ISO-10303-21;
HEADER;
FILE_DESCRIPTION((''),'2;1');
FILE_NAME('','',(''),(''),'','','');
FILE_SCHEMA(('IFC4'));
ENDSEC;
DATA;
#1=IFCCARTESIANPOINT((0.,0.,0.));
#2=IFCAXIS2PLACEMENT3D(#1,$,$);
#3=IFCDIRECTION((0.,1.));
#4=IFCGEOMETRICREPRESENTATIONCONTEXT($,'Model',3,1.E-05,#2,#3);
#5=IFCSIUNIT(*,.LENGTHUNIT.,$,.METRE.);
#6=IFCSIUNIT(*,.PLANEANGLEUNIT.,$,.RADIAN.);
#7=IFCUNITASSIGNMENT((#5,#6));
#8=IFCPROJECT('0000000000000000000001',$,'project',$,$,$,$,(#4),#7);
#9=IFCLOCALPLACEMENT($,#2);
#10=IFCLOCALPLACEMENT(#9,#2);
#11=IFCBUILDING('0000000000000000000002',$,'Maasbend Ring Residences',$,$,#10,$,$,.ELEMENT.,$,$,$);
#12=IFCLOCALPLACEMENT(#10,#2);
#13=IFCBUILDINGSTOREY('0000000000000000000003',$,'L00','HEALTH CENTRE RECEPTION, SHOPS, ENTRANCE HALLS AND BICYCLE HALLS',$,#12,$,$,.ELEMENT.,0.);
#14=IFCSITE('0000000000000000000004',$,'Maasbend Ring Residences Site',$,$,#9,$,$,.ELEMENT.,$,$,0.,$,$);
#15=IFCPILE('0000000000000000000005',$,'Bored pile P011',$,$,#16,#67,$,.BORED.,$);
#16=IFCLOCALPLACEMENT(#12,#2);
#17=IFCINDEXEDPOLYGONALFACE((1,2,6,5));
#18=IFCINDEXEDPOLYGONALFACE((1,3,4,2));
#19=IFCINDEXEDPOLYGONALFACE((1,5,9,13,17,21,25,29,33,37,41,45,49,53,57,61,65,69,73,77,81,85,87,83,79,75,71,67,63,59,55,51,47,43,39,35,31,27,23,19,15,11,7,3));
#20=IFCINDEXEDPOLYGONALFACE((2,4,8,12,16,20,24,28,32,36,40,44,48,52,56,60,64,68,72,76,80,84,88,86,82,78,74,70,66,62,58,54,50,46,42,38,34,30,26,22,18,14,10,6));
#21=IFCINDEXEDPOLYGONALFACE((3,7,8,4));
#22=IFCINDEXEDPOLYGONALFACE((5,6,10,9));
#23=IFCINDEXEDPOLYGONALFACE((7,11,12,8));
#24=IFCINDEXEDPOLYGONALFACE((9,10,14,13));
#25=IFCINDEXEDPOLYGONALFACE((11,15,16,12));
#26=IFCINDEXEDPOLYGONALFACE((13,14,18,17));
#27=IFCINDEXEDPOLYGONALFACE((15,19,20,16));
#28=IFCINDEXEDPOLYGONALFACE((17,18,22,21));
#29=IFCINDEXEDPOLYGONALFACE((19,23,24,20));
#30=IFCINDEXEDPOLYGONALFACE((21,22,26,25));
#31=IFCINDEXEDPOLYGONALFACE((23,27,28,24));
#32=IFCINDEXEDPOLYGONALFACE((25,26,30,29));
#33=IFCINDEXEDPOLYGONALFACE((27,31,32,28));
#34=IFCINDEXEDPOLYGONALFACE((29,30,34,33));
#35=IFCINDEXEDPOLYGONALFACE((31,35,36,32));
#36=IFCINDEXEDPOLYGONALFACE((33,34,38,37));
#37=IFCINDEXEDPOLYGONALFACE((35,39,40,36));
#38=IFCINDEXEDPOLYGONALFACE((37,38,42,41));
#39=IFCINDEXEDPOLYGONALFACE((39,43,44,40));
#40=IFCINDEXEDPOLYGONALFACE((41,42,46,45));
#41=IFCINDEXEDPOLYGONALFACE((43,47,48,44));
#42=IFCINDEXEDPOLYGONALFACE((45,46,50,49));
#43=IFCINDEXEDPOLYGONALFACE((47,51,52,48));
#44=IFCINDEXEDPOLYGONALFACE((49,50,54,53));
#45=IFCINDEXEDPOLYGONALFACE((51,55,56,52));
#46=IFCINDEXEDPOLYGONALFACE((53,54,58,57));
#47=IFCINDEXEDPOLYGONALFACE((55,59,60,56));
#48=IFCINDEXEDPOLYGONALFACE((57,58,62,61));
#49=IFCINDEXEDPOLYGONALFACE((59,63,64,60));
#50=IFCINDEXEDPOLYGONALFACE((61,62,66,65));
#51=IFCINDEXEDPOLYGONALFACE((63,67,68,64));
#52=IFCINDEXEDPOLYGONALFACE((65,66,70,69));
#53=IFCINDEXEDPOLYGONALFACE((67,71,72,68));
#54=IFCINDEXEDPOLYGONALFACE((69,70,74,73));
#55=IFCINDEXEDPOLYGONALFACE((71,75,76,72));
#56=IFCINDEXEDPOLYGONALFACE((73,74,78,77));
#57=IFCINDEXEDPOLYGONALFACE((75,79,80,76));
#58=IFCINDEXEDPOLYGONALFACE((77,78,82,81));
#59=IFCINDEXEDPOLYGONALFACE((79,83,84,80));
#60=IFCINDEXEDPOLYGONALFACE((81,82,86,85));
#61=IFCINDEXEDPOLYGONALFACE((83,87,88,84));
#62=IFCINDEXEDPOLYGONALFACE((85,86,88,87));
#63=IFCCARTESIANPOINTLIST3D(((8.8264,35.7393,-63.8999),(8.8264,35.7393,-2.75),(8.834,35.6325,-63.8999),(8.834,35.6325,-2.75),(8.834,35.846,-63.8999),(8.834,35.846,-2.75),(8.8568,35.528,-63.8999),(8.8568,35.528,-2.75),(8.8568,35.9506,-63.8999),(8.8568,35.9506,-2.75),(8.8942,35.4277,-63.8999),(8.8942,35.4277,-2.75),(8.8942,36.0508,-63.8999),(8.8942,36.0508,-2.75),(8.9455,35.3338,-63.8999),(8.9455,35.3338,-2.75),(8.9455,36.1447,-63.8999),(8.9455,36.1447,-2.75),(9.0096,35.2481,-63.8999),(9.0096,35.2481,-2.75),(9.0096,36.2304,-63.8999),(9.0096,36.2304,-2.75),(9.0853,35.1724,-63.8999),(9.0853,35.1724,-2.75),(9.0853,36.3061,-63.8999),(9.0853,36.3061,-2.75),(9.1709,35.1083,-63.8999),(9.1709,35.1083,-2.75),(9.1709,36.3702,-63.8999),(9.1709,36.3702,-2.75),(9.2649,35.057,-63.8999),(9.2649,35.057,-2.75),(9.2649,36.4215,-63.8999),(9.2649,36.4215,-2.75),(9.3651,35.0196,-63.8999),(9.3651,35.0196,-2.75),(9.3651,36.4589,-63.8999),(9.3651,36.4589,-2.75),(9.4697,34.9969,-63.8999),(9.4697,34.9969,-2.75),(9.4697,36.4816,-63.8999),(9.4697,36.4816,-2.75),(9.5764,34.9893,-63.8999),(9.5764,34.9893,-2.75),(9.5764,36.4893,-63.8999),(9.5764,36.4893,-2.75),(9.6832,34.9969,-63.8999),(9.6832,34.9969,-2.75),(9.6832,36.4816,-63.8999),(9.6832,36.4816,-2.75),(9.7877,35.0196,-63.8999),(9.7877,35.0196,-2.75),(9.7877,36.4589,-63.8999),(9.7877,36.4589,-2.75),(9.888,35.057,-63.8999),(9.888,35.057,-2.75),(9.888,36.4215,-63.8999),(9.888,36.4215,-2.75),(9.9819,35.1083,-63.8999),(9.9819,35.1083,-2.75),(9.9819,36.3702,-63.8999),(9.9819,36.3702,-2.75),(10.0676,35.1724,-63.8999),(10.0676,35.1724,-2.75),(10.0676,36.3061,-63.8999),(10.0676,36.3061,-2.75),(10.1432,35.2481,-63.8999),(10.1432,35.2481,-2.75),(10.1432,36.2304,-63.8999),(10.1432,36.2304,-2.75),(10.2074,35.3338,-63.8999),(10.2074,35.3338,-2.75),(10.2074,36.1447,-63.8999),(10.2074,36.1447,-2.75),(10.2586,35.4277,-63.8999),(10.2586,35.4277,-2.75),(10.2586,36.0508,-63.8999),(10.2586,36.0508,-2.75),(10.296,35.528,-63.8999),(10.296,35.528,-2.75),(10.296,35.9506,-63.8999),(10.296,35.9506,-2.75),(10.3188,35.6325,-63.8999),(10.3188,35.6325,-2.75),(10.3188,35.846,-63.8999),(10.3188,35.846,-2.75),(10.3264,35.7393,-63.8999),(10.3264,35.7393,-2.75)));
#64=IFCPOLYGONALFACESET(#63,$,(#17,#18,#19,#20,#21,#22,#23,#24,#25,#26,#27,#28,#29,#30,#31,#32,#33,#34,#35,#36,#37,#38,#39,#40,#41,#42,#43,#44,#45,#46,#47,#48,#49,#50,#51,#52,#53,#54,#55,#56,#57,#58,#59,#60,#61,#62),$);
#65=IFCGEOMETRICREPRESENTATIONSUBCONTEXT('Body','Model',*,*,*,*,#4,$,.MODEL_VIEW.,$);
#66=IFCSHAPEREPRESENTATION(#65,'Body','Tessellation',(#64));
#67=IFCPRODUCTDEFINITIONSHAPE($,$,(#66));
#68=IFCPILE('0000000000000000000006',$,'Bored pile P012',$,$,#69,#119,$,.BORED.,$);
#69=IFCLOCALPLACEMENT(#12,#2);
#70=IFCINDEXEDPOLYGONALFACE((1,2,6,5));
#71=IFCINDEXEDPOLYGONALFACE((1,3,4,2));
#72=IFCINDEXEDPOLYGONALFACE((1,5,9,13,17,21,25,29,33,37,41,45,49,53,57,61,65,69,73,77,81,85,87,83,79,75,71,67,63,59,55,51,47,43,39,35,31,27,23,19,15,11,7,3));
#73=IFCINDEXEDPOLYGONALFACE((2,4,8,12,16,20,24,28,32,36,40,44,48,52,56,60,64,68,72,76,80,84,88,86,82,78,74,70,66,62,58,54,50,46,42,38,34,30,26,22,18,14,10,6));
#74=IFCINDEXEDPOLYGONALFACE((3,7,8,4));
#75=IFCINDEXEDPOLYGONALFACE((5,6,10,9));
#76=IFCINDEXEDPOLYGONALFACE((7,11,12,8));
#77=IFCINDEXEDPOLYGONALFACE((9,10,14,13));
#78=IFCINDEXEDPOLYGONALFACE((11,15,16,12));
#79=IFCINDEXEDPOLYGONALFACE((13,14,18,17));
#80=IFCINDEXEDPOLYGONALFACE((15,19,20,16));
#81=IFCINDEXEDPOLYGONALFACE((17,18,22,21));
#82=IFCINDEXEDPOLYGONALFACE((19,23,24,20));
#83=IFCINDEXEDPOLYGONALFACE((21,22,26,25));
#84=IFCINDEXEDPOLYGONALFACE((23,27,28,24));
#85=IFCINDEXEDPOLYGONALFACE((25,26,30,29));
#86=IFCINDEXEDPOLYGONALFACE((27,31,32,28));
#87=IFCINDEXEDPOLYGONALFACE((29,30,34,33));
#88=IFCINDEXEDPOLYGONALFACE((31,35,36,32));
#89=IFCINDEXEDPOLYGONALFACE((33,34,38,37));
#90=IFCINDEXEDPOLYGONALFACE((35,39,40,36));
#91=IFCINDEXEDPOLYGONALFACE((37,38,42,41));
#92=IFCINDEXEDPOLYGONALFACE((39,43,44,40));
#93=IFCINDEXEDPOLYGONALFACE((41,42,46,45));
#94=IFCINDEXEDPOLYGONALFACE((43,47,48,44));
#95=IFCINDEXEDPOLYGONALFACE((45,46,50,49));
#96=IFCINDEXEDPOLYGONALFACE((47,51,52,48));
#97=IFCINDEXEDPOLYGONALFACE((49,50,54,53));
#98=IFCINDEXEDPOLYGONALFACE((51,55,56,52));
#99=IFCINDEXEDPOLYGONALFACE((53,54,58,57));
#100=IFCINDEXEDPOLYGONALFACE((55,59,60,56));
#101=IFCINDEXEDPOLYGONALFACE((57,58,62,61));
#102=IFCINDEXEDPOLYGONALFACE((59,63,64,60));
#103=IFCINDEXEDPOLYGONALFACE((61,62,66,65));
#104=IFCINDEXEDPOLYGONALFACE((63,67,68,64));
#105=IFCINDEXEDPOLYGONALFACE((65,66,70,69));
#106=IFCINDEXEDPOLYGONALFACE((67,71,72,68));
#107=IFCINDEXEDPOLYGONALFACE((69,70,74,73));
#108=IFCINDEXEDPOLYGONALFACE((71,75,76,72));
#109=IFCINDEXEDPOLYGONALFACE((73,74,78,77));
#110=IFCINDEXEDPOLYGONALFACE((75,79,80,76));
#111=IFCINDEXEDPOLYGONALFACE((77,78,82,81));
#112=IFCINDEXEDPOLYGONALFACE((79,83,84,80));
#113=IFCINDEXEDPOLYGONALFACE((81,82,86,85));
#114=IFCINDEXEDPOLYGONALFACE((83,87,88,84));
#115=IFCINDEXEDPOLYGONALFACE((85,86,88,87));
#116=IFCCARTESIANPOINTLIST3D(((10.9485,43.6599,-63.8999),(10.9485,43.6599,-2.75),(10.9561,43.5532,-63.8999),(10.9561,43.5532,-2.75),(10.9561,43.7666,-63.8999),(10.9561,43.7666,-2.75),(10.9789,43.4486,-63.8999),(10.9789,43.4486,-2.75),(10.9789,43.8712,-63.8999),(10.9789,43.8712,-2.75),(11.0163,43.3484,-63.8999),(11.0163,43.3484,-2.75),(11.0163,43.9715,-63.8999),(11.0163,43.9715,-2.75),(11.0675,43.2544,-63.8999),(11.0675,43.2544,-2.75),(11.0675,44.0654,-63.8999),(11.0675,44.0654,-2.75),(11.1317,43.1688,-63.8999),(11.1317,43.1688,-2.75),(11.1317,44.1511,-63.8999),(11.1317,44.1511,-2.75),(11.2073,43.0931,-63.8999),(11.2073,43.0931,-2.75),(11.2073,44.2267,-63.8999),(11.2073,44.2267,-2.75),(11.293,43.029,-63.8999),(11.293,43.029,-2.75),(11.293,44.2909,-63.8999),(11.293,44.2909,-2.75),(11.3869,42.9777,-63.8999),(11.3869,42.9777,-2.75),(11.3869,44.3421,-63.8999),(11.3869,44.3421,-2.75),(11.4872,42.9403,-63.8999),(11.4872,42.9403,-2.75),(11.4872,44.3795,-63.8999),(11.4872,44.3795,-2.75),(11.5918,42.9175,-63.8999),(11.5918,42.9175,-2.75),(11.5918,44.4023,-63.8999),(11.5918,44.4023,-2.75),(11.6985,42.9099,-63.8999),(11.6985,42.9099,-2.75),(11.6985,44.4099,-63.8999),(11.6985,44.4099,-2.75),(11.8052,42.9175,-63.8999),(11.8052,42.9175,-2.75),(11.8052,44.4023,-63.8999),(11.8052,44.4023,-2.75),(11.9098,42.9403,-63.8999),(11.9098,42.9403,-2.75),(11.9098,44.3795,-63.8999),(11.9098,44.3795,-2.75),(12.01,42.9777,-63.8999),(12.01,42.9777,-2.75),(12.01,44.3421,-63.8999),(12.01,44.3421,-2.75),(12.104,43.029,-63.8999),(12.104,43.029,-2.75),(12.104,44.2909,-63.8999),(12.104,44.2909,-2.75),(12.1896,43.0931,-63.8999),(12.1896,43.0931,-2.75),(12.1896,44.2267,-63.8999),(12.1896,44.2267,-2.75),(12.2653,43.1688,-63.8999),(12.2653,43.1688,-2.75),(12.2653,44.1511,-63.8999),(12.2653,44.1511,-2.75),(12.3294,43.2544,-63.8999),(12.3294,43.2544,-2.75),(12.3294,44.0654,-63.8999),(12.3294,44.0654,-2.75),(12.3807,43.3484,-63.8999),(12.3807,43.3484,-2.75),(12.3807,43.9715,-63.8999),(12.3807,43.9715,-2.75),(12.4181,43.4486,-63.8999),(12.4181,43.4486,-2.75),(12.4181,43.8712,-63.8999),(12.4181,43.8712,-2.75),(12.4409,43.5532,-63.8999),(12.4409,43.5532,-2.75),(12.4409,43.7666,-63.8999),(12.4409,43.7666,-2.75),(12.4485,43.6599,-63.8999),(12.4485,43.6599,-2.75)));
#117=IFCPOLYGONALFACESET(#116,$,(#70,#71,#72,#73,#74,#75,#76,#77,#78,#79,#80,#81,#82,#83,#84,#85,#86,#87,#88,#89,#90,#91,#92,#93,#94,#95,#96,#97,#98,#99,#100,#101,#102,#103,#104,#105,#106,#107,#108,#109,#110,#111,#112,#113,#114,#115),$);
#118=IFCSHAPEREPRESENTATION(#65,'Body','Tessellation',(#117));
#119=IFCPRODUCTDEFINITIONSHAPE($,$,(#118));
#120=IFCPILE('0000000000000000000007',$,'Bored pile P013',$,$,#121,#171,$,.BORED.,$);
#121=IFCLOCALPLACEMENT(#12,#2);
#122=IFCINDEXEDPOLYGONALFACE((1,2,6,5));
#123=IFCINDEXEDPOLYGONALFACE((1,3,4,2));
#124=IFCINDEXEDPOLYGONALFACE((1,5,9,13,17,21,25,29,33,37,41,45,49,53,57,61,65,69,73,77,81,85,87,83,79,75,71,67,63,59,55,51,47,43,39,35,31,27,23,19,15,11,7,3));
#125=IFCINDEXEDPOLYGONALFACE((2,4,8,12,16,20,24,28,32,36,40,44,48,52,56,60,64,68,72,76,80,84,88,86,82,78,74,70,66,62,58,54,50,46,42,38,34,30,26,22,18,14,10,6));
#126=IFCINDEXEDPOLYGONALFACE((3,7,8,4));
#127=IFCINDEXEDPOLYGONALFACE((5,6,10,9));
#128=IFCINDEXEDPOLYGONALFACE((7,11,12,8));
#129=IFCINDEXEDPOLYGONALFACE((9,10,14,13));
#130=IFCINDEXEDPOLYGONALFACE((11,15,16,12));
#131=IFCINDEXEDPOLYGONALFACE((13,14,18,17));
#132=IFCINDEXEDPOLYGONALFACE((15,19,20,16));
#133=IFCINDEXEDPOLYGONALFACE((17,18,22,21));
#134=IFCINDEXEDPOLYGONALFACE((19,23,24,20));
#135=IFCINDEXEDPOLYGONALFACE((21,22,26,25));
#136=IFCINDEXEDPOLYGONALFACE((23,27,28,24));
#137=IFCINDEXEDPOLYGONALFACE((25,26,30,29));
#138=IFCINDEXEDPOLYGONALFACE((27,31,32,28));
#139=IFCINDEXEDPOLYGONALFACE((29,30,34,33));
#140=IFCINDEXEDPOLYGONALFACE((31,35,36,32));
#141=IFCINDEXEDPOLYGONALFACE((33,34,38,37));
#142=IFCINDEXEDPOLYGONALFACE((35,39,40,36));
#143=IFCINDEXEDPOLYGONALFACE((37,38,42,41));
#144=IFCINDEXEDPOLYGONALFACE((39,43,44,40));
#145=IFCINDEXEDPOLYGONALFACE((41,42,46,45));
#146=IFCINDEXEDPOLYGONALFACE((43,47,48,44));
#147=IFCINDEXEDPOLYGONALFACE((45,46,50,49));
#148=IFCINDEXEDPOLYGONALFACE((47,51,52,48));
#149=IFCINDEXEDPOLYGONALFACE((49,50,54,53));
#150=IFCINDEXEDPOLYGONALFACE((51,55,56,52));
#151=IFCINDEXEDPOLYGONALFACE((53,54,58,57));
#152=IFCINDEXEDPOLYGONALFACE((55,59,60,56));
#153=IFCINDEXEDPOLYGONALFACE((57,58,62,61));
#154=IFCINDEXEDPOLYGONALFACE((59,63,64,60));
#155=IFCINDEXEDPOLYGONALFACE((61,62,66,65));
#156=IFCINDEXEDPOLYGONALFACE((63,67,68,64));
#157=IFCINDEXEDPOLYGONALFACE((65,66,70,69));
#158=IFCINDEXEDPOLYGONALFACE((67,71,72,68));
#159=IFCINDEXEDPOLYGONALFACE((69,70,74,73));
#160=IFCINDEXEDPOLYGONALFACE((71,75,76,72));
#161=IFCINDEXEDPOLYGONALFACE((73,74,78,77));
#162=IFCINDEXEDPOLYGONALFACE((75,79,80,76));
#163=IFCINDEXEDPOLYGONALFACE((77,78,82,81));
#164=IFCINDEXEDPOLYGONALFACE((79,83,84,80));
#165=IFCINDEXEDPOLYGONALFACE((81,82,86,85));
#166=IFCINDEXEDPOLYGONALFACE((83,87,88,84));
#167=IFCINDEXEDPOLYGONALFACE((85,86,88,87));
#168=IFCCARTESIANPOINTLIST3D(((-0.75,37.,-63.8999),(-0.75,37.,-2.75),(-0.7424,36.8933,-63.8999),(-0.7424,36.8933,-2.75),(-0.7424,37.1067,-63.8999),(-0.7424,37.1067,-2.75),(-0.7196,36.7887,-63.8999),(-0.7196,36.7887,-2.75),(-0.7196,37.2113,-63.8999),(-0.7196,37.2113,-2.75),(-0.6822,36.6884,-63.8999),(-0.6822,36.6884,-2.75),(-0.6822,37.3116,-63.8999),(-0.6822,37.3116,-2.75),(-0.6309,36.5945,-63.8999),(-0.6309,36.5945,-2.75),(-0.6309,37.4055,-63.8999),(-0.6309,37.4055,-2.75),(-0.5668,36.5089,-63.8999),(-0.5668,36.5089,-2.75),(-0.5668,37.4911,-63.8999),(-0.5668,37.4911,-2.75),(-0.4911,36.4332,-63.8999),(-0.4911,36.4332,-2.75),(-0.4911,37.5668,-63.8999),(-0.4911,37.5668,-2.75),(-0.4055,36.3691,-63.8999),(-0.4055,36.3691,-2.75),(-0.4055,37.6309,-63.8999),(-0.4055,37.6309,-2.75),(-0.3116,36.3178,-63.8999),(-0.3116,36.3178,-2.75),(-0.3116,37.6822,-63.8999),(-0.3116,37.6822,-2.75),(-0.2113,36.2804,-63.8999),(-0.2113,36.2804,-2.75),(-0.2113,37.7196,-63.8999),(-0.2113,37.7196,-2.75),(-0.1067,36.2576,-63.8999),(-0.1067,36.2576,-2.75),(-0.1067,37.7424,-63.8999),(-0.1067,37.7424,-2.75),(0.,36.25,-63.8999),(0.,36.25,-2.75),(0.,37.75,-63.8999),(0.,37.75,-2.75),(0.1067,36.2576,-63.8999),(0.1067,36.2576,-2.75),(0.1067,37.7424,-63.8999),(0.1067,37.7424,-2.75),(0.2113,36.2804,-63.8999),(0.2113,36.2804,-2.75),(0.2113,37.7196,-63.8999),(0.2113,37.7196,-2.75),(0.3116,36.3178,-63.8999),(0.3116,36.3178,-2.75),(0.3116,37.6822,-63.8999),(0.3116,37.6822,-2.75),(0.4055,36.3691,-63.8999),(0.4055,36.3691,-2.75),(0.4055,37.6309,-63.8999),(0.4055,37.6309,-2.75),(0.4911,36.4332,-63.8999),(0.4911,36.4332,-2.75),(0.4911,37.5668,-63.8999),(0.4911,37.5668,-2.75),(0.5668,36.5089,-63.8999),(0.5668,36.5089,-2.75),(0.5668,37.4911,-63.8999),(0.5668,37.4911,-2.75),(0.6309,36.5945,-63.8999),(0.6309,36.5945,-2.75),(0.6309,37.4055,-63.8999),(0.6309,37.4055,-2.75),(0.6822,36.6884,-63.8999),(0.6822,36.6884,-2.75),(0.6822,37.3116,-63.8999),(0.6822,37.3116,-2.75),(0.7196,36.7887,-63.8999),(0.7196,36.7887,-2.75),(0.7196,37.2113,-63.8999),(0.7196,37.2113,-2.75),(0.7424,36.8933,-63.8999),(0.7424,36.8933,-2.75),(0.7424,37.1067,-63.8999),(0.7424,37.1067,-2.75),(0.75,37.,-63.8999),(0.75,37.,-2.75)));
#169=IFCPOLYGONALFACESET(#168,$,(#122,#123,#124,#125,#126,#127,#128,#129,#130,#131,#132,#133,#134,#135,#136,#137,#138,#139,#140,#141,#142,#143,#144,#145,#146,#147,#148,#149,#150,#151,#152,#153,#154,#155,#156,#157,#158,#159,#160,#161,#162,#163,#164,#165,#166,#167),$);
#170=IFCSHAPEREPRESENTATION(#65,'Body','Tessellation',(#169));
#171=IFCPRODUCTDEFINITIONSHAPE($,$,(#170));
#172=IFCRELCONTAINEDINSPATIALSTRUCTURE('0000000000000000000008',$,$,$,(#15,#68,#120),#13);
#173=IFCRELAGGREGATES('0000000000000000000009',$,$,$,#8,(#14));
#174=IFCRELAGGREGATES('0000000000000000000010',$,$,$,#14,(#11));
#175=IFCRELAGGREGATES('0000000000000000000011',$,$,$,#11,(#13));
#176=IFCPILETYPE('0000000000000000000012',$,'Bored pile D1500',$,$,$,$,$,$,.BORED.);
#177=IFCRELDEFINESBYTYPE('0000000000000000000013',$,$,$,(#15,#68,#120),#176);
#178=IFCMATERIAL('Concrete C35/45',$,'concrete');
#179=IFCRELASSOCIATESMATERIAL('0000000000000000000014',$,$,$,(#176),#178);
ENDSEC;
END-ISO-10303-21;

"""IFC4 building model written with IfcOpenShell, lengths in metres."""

from ifc_helpers import new_model, si_unit, direction, frame, origin, origin_2d, place, context, subcontext, project, spatial, circle, extrude, material, material_profile, profile_set, type_object, element, save


model = new_model("IFC4")

# Units and contexts
model_context = context("Model", 3, precision=1e-05, world=origin(), true_north=direction((0.0, 1.0)))
body_context = subcontext(model_context, "Body", "Model", "MODEL_VIEW")
ifc_project = project(units=[si_unit("LENGTHUNIT", "METRE"), si_unit("PLANEANGLEUNIT", "RADIAN")], contexts=[model_context])

# Site, building, storey
site_placement = place(None, origin())
site = spatial("IfcSite", under=ifc_project, at=site_placement, Name="Maasbend Ring Residences Site", CompositionType="ELEMENT", RefElevation=0.0)
building_placement = place(site_placement, origin())
building = spatial("IfcBuilding", under=site, at=building_placement, Name="Maasbend Ring Residences", CompositionType="ELEMENT")
storey_placement = place(building_placement, origin())
storey = spatial("IfcBuildingStorey", under=building, at=storey_placement, Name="L00", Description="HEALTH CENTRE RECEPTION, SHOPS, ENTRANCE HALLS AND BICYCLE HALLS", CompositionType="ELEMENT", Elevation=0.0)

# Piles
ifc_material_1 = material(Name="Concrete C35/45", Category="concrete")
ifc_material_profile_1 = material_profile(ifc_material_1, circle(Radius=0.75, at=origin_2d()), Name="Bored pile D1500")
ifc_profile_set_1 = profile_set([ifc_material_profile_1], Name="Concrete C35/45")
pile_type = type_object("IfcPileType", Name="Bored pile D1500", PredefinedType="BORED", material=ifc_profile_set_1)
for number, where, z_axis, x_axis, name in (
    (1, (9.5764, 35.7393, -2.75), (0.0, 0.0, -1.0), (1.0, 0.0, 0.0), "Bored pile P011"),
    (2, (11.6985, 43.6599, -2.75), (0.0, 0.0, -1.0), (1.0, 0.0, 0.0), "Bored pile P012"),
    (3, (0.0, 37.0, -2.75), (0.0, 0.0, -1.0), (1.0, 0.0, 0.0), "Bored pile P013"),
):
    element("IfcPile", number, at=place(storey_placement, frame(where, z_axis=z_axis, x_axis=x_axis)), inside=storey, type_object=pile_type, Name=name, PredefinedType="BORED", context=body_context, shape_type="SweptSolid", body=[
        extrude(circle(Radius=0.75, at=origin_2d()), origin(), (0.0, 0.0, 1.0), 61.1499),
    ])

save(model, "model.ifc")
